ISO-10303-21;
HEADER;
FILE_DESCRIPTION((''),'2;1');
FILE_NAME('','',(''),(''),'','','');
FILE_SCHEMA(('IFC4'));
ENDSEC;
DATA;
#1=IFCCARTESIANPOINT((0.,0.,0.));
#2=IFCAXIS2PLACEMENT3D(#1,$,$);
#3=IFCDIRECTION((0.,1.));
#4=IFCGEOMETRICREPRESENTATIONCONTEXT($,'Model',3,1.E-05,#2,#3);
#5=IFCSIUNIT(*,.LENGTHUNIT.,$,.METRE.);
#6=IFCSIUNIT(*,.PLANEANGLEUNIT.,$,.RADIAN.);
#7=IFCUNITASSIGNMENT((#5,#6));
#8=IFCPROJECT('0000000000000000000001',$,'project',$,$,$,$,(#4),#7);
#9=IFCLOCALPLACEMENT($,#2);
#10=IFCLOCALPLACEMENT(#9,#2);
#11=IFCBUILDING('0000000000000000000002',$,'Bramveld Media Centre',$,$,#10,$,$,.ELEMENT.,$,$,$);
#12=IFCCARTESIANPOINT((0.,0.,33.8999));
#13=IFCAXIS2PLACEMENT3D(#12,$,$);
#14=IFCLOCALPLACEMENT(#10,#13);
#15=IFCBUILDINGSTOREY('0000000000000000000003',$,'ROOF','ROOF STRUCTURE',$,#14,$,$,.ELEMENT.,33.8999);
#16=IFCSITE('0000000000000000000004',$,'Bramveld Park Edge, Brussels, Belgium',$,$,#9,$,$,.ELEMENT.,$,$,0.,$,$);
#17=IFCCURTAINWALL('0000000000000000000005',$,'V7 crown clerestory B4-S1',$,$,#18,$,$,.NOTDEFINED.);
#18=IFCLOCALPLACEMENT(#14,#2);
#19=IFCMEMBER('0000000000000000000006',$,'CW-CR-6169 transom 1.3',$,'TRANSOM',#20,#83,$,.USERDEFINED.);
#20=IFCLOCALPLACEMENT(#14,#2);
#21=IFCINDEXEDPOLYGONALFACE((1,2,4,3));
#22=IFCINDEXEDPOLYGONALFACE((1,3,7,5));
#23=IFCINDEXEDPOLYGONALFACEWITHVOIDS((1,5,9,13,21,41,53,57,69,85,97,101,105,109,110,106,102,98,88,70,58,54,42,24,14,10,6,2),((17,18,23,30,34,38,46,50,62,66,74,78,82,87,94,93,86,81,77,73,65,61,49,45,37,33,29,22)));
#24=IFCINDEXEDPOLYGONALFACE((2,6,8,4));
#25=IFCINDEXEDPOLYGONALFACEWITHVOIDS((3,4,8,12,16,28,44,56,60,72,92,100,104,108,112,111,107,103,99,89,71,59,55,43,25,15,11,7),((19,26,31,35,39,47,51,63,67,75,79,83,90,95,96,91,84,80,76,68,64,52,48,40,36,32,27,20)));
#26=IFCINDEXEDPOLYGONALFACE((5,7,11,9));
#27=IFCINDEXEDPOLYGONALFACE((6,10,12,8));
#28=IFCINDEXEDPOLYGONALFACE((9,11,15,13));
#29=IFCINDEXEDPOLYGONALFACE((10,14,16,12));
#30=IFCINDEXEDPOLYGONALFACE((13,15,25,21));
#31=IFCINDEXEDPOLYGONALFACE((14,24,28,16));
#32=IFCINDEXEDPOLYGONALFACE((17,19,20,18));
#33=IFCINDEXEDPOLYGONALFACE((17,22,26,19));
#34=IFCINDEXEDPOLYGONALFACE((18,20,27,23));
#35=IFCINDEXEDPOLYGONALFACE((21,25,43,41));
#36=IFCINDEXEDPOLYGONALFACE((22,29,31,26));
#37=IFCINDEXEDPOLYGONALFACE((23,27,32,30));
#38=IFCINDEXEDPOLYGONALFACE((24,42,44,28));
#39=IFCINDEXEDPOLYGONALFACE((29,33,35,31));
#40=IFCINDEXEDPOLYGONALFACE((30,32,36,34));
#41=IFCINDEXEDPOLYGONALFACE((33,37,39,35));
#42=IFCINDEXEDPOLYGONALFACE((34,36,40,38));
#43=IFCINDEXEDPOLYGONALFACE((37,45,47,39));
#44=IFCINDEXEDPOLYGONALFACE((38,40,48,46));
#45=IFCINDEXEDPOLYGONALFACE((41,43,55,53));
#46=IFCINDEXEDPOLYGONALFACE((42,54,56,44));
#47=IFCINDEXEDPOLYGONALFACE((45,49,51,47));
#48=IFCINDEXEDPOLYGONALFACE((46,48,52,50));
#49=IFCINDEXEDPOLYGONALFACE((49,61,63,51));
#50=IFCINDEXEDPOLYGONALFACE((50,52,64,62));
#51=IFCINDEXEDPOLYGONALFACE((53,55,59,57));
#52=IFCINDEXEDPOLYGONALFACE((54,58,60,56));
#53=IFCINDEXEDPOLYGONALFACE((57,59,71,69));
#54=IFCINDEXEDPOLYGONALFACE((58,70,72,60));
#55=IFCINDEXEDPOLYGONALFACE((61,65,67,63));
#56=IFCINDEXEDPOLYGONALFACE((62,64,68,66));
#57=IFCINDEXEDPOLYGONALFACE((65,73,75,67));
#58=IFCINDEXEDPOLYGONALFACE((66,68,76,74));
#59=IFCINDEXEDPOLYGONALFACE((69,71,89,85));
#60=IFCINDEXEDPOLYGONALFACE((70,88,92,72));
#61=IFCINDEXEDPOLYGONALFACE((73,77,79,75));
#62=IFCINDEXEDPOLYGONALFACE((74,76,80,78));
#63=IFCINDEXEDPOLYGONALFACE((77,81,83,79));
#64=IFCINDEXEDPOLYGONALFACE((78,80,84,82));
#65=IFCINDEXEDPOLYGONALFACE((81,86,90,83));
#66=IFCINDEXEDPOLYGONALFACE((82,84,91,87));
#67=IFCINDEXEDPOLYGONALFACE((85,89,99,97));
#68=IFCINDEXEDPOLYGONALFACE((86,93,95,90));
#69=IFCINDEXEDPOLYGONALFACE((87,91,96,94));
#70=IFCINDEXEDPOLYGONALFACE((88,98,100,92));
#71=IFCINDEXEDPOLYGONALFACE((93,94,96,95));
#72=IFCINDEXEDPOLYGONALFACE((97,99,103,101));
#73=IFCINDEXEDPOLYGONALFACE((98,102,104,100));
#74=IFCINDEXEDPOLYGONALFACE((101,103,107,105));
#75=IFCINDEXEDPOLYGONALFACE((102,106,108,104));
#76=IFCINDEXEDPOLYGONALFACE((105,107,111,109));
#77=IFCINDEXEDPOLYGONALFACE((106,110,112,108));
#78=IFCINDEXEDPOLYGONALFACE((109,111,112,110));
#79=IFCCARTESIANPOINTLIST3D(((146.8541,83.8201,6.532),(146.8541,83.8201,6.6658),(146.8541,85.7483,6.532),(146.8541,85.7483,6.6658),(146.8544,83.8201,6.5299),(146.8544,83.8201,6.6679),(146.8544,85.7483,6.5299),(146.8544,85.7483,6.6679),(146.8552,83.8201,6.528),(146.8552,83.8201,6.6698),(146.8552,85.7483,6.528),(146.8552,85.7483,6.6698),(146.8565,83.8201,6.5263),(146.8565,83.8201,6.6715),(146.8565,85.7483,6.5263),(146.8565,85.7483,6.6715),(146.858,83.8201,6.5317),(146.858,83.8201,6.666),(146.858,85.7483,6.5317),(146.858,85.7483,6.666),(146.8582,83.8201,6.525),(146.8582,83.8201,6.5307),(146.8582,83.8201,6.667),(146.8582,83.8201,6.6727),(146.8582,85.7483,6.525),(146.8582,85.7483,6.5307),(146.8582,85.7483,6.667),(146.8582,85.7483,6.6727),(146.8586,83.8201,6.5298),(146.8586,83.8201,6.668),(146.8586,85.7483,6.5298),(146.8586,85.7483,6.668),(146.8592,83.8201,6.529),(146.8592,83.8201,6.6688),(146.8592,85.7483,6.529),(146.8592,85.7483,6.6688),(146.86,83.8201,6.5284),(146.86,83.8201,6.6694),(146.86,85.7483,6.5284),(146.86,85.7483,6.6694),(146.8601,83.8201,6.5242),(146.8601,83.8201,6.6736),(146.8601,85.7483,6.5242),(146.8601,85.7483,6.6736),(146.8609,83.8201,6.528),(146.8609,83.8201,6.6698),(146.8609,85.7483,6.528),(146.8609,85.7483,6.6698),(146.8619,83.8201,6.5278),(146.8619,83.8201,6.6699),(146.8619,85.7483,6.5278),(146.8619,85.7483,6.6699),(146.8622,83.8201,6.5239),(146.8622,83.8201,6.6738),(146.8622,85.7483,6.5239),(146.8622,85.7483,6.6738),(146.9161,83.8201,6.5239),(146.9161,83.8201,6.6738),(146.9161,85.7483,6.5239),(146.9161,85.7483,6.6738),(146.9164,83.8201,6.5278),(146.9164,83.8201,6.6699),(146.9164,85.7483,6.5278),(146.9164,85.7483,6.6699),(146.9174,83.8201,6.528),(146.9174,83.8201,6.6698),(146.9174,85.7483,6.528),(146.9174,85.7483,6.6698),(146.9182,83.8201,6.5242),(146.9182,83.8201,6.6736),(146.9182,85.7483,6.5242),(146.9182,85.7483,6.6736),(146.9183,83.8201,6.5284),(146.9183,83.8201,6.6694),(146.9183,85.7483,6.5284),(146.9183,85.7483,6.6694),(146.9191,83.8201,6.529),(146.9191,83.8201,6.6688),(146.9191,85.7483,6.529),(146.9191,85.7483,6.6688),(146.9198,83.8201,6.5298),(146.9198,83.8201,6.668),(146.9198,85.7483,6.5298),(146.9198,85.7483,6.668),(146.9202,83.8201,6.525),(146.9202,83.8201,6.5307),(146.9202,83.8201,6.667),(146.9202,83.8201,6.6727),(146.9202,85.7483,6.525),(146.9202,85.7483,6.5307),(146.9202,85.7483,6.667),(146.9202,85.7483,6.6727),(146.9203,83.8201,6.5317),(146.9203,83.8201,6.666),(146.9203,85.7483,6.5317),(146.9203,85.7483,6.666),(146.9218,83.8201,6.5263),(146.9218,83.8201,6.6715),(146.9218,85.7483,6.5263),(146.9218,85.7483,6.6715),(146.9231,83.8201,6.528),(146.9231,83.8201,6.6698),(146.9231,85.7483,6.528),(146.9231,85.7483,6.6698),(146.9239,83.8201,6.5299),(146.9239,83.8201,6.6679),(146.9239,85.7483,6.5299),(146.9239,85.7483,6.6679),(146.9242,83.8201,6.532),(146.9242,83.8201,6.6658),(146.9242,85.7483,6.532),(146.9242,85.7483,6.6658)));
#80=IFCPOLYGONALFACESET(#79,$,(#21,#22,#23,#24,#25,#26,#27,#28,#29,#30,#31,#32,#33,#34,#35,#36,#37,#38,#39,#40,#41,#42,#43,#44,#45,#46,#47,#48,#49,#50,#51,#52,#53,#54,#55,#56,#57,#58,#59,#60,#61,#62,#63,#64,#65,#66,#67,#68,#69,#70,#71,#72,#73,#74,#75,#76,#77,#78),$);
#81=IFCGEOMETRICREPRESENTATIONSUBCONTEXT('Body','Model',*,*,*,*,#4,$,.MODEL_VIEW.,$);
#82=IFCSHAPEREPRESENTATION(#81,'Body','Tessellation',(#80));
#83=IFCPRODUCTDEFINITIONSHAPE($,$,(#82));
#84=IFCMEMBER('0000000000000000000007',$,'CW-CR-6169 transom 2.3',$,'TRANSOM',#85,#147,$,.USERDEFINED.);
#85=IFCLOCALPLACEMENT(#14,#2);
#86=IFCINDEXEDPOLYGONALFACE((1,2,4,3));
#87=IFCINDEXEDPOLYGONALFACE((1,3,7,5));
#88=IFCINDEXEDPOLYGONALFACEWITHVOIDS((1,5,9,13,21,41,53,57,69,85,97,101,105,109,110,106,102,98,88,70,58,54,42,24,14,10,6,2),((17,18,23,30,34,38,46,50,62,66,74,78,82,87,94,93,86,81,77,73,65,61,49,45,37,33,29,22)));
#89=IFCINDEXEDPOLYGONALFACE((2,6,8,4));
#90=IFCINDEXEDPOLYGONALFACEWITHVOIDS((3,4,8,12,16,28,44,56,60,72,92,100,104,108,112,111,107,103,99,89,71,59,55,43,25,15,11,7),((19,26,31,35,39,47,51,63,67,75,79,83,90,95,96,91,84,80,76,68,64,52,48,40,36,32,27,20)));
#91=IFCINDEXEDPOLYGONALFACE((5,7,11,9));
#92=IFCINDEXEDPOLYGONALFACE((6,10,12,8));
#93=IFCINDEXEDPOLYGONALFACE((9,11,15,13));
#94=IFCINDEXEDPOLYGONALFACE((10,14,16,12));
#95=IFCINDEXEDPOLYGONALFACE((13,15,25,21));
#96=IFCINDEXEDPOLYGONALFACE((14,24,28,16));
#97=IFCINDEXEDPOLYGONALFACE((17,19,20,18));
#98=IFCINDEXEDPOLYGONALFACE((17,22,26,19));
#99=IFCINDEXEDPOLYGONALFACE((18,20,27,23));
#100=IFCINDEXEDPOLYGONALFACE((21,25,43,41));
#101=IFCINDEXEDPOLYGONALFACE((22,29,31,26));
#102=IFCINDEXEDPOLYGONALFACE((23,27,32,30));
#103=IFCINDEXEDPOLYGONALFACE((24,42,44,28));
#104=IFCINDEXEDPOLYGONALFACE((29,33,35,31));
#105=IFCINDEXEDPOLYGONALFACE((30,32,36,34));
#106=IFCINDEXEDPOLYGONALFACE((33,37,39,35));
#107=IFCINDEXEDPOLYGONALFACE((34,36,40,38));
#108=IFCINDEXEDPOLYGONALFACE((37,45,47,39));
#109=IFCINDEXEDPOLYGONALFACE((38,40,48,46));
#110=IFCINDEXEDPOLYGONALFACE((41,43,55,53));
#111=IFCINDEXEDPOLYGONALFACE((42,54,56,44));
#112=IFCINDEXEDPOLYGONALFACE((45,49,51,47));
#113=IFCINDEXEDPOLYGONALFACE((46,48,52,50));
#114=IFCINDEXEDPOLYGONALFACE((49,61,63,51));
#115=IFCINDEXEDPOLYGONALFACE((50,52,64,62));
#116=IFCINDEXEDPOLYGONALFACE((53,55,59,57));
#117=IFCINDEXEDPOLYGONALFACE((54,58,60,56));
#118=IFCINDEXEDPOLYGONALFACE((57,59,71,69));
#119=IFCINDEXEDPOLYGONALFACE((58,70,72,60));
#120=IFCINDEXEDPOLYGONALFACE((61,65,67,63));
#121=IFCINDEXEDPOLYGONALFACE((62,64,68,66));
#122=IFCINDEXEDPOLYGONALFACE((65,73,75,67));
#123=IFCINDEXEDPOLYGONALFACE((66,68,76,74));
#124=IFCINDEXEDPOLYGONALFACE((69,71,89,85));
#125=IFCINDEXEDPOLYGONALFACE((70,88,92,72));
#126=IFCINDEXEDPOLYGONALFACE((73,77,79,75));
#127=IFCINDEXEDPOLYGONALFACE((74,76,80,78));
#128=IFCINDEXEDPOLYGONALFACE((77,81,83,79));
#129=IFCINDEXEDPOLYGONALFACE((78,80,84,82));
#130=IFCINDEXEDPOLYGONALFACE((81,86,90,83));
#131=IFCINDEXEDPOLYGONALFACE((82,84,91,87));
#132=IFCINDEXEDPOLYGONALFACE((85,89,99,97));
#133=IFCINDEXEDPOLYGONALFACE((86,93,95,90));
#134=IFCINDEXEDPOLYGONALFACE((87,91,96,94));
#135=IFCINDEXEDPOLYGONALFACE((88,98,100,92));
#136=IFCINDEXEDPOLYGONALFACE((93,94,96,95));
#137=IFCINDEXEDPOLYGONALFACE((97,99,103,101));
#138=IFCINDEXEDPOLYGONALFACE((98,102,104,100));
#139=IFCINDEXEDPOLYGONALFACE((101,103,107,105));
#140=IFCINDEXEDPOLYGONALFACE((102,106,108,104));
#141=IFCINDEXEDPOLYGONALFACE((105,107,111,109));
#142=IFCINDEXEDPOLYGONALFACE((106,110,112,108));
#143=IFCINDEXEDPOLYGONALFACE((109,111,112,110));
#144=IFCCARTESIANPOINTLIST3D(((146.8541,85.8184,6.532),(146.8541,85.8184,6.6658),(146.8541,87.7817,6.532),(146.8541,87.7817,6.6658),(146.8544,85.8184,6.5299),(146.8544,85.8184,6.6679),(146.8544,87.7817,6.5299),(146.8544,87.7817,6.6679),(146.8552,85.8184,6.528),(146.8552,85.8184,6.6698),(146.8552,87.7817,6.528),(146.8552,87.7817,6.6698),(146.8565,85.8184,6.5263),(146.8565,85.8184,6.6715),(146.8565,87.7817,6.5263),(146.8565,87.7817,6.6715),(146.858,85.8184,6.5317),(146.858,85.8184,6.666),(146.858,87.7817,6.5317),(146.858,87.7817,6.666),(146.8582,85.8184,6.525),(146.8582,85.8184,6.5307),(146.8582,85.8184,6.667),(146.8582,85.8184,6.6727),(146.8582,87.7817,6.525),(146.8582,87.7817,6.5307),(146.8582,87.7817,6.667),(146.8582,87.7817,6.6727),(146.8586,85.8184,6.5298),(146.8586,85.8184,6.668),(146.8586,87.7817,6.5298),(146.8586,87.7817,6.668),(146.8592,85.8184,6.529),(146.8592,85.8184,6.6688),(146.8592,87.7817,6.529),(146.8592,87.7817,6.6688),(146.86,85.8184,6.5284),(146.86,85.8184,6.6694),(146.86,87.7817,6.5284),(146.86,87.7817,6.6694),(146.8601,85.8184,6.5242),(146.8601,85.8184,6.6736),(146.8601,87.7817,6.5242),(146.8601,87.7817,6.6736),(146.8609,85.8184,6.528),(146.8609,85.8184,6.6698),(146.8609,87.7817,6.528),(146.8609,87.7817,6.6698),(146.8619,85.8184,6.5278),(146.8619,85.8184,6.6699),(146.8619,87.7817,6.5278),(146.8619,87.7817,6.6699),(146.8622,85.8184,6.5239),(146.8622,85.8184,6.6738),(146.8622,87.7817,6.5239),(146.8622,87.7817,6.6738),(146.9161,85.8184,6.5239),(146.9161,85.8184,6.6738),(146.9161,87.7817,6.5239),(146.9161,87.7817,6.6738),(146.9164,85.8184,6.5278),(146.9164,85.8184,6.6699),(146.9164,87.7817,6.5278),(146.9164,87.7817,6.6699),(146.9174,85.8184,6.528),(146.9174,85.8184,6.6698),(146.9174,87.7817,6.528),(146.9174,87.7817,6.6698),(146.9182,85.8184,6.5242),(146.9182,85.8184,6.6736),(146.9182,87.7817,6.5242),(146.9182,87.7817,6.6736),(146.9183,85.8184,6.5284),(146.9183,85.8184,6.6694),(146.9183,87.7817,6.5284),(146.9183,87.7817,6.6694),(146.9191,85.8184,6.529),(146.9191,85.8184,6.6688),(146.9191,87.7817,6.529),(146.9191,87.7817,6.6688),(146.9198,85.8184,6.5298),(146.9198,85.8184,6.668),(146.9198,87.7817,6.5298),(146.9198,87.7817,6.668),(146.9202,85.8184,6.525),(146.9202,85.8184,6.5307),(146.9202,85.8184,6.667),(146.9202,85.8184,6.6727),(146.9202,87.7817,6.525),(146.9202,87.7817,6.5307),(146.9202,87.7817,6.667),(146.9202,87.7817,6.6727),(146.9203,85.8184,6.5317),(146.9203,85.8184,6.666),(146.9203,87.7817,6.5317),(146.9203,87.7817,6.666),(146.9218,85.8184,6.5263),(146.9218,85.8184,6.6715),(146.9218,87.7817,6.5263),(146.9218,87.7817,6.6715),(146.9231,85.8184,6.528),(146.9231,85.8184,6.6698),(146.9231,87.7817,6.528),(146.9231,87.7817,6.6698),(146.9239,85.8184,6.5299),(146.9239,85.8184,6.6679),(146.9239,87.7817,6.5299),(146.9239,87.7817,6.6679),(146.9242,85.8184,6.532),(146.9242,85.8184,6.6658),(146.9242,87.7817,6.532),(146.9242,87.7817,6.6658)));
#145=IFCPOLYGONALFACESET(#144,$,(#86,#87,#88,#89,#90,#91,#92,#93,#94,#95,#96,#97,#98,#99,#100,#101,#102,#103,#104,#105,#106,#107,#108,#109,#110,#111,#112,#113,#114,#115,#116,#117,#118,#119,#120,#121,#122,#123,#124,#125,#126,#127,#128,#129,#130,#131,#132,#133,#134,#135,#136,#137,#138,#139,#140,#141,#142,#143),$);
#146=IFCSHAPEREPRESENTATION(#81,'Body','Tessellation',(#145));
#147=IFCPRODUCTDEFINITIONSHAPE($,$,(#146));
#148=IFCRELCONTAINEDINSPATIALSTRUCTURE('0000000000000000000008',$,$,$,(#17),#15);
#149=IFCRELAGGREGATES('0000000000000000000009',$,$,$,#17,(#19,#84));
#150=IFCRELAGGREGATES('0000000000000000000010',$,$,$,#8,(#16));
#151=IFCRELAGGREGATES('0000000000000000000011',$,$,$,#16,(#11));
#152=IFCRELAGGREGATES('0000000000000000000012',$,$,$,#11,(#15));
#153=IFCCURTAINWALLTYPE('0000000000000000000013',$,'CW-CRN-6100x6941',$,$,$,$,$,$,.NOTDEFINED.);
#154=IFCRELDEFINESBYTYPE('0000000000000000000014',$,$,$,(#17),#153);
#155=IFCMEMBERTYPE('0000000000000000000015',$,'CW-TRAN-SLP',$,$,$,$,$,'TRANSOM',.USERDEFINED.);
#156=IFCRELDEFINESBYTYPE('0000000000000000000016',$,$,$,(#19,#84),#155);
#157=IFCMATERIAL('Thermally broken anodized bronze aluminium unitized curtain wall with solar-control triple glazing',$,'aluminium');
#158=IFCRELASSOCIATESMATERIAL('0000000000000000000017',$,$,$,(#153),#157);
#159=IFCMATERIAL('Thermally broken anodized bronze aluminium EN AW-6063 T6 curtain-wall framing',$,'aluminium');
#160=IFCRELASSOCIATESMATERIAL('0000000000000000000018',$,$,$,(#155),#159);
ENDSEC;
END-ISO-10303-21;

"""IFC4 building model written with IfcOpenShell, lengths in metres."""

from ifc_helpers import new_model, si_unit, direction, frame, origin, origin_2d, place, context, subcontext, project, spatial, hollow_rectangle, extrude, material, material_profile, profile_set, type_object, element, aggregate, save


model = new_model("IFC4")

# Units and contexts
model_context = context("Model", 3, precision=1e-05, world=origin(), true_north=direction((0.0, 1.0)))
body_context = subcontext(model_context, "Body", "Model", "MODEL_VIEW")
ifc_project = project(units=[si_unit("LENGTHUNIT", "METRE"), si_unit("PLANEANGLEUNIT", "RADIAN")], contexts=[model_context])

# Site, building, storey
site_placement = place(None, origin())
site = spatial("IfcSite", under=ifc_project, at=site_placement, Name="Bramveld Park Edge, Brussels, Belgium", CompositionType="ELEMENT", RefElevation=0.0)
building_placement = place(site_placement, origin())
building = spatial("IfcBuilding", under=site, at=building_placement, Name="Bramveld Media Centre", CompositionType="ELEMENT")
storey_placement = place(building_placement, frame((0.0, 0.0, 33.8999)))
storey = spatial("IfcBuildingStorey", under=building, at=storey_placement, Name="ROOF", Description="ROOF STRUCTURE", CompositionType="ELEMENT", Elevation=33.8999)

# Curtain wall, members
ifc_material_1 = material(Name="Thermally broken anodized bronze aluminium unitized curtain wall with solar-control triple glazing", Category="aluminium")
curtain_wall_type = type_object("IfcCurtainWallType", Name="CW-CRN-6100x6941", PredefinedType="NOTDEFINED", material=ifc_material_1)
ifc_material_2 = material(Name="Thermally broken anodized bronze aluminium EN AW-6063 T6 curtain-wall framing", Category="aluminium")
ifc_material_profile_1 = material_profile(ifc_material_2, hollow_rectangle(XDim=0.0701, YDim=0.1499, WallThickness=0.0039, InnerFilletRadius=0.0039, OuterFilletRadius=0.0081, at=origin_2d()), Name="AL-TRAN 70x150")
ifc_profile_set_1 = profile_set([ifc_material_profile_1], Name="Thermally broken anodized bronze aluminium EN AW-6063 T6 curtain-wall framing")
member_type_1 = type_object("IfcMemberType", Name="CW-TRAN-SLP", ElementType="TRANSOM", PredefinedType="USERDEFINED", material=ifc_profile_set_1)
curtain_wall_1_placement = place(storey_placement, origin())
curtain_wall_1 = element("IfcCurtainWall", 1, at=curtain_wall_1_placement, inside=storey, type_object=curtain_wall_type, Name="V7 crown clerestory B4-S1", PredefinedType="NOTDEFINED")
member_1_placement = place(storey_placement, frame((146.8892, 83.8201, 6.5989), z_axis=(0.0, 1.0, 0.0), x_axis=(-1.0, 0.0, 0.0)))
member_1 = element("IfcMember", 2, at=member_1_placement, type_object=member_type_1, Name="CW-CR-6169 transom 1.3", ObjectType="TRANSOM", PredefinedType="USERDEFINED", context=body_context, shape_type="SweptSolid", body=[
    extrude(hollow_rectangle(XDim=0.0701, YDim=0.1499, WallThickness=0.0039, InnerFilletRadius=0.0039, OuterFilletRadius=0.0081, at=origin_2d()), origin(), (0.0, 0.0, 1.0), 1.9282),
])
member_2_placement = place(storey_placement, frame((146.8892, 85.8184, 6.5989), z_axis=(0.0, 1.0, 0.0), x_axis=(-1.0, 0.0, 0.0)))
member_2 = element("IfcMember", 3, at=member_2_placement, type_object=member_type_1, Name="CW-CR-6169 transom 2.3", ObjectType="TRANSOM", PredefinedType="USERDEFINED", context=body_context, shape_type="SweptSolid", body=[
    extrude(hollow_rectangle(XDim=0.0701, YDim=0.1499, WallThickness=0.0039, InnerFilletRadius=0.0039, OuterFilletRadius=0.0081, at=origin_2d()), origin(), (0.0, 0.0, 1.0), 1.9634),
])

aggregate(curtain_wall_1, [member_1, member_2])

save(model, "model.ifc")
